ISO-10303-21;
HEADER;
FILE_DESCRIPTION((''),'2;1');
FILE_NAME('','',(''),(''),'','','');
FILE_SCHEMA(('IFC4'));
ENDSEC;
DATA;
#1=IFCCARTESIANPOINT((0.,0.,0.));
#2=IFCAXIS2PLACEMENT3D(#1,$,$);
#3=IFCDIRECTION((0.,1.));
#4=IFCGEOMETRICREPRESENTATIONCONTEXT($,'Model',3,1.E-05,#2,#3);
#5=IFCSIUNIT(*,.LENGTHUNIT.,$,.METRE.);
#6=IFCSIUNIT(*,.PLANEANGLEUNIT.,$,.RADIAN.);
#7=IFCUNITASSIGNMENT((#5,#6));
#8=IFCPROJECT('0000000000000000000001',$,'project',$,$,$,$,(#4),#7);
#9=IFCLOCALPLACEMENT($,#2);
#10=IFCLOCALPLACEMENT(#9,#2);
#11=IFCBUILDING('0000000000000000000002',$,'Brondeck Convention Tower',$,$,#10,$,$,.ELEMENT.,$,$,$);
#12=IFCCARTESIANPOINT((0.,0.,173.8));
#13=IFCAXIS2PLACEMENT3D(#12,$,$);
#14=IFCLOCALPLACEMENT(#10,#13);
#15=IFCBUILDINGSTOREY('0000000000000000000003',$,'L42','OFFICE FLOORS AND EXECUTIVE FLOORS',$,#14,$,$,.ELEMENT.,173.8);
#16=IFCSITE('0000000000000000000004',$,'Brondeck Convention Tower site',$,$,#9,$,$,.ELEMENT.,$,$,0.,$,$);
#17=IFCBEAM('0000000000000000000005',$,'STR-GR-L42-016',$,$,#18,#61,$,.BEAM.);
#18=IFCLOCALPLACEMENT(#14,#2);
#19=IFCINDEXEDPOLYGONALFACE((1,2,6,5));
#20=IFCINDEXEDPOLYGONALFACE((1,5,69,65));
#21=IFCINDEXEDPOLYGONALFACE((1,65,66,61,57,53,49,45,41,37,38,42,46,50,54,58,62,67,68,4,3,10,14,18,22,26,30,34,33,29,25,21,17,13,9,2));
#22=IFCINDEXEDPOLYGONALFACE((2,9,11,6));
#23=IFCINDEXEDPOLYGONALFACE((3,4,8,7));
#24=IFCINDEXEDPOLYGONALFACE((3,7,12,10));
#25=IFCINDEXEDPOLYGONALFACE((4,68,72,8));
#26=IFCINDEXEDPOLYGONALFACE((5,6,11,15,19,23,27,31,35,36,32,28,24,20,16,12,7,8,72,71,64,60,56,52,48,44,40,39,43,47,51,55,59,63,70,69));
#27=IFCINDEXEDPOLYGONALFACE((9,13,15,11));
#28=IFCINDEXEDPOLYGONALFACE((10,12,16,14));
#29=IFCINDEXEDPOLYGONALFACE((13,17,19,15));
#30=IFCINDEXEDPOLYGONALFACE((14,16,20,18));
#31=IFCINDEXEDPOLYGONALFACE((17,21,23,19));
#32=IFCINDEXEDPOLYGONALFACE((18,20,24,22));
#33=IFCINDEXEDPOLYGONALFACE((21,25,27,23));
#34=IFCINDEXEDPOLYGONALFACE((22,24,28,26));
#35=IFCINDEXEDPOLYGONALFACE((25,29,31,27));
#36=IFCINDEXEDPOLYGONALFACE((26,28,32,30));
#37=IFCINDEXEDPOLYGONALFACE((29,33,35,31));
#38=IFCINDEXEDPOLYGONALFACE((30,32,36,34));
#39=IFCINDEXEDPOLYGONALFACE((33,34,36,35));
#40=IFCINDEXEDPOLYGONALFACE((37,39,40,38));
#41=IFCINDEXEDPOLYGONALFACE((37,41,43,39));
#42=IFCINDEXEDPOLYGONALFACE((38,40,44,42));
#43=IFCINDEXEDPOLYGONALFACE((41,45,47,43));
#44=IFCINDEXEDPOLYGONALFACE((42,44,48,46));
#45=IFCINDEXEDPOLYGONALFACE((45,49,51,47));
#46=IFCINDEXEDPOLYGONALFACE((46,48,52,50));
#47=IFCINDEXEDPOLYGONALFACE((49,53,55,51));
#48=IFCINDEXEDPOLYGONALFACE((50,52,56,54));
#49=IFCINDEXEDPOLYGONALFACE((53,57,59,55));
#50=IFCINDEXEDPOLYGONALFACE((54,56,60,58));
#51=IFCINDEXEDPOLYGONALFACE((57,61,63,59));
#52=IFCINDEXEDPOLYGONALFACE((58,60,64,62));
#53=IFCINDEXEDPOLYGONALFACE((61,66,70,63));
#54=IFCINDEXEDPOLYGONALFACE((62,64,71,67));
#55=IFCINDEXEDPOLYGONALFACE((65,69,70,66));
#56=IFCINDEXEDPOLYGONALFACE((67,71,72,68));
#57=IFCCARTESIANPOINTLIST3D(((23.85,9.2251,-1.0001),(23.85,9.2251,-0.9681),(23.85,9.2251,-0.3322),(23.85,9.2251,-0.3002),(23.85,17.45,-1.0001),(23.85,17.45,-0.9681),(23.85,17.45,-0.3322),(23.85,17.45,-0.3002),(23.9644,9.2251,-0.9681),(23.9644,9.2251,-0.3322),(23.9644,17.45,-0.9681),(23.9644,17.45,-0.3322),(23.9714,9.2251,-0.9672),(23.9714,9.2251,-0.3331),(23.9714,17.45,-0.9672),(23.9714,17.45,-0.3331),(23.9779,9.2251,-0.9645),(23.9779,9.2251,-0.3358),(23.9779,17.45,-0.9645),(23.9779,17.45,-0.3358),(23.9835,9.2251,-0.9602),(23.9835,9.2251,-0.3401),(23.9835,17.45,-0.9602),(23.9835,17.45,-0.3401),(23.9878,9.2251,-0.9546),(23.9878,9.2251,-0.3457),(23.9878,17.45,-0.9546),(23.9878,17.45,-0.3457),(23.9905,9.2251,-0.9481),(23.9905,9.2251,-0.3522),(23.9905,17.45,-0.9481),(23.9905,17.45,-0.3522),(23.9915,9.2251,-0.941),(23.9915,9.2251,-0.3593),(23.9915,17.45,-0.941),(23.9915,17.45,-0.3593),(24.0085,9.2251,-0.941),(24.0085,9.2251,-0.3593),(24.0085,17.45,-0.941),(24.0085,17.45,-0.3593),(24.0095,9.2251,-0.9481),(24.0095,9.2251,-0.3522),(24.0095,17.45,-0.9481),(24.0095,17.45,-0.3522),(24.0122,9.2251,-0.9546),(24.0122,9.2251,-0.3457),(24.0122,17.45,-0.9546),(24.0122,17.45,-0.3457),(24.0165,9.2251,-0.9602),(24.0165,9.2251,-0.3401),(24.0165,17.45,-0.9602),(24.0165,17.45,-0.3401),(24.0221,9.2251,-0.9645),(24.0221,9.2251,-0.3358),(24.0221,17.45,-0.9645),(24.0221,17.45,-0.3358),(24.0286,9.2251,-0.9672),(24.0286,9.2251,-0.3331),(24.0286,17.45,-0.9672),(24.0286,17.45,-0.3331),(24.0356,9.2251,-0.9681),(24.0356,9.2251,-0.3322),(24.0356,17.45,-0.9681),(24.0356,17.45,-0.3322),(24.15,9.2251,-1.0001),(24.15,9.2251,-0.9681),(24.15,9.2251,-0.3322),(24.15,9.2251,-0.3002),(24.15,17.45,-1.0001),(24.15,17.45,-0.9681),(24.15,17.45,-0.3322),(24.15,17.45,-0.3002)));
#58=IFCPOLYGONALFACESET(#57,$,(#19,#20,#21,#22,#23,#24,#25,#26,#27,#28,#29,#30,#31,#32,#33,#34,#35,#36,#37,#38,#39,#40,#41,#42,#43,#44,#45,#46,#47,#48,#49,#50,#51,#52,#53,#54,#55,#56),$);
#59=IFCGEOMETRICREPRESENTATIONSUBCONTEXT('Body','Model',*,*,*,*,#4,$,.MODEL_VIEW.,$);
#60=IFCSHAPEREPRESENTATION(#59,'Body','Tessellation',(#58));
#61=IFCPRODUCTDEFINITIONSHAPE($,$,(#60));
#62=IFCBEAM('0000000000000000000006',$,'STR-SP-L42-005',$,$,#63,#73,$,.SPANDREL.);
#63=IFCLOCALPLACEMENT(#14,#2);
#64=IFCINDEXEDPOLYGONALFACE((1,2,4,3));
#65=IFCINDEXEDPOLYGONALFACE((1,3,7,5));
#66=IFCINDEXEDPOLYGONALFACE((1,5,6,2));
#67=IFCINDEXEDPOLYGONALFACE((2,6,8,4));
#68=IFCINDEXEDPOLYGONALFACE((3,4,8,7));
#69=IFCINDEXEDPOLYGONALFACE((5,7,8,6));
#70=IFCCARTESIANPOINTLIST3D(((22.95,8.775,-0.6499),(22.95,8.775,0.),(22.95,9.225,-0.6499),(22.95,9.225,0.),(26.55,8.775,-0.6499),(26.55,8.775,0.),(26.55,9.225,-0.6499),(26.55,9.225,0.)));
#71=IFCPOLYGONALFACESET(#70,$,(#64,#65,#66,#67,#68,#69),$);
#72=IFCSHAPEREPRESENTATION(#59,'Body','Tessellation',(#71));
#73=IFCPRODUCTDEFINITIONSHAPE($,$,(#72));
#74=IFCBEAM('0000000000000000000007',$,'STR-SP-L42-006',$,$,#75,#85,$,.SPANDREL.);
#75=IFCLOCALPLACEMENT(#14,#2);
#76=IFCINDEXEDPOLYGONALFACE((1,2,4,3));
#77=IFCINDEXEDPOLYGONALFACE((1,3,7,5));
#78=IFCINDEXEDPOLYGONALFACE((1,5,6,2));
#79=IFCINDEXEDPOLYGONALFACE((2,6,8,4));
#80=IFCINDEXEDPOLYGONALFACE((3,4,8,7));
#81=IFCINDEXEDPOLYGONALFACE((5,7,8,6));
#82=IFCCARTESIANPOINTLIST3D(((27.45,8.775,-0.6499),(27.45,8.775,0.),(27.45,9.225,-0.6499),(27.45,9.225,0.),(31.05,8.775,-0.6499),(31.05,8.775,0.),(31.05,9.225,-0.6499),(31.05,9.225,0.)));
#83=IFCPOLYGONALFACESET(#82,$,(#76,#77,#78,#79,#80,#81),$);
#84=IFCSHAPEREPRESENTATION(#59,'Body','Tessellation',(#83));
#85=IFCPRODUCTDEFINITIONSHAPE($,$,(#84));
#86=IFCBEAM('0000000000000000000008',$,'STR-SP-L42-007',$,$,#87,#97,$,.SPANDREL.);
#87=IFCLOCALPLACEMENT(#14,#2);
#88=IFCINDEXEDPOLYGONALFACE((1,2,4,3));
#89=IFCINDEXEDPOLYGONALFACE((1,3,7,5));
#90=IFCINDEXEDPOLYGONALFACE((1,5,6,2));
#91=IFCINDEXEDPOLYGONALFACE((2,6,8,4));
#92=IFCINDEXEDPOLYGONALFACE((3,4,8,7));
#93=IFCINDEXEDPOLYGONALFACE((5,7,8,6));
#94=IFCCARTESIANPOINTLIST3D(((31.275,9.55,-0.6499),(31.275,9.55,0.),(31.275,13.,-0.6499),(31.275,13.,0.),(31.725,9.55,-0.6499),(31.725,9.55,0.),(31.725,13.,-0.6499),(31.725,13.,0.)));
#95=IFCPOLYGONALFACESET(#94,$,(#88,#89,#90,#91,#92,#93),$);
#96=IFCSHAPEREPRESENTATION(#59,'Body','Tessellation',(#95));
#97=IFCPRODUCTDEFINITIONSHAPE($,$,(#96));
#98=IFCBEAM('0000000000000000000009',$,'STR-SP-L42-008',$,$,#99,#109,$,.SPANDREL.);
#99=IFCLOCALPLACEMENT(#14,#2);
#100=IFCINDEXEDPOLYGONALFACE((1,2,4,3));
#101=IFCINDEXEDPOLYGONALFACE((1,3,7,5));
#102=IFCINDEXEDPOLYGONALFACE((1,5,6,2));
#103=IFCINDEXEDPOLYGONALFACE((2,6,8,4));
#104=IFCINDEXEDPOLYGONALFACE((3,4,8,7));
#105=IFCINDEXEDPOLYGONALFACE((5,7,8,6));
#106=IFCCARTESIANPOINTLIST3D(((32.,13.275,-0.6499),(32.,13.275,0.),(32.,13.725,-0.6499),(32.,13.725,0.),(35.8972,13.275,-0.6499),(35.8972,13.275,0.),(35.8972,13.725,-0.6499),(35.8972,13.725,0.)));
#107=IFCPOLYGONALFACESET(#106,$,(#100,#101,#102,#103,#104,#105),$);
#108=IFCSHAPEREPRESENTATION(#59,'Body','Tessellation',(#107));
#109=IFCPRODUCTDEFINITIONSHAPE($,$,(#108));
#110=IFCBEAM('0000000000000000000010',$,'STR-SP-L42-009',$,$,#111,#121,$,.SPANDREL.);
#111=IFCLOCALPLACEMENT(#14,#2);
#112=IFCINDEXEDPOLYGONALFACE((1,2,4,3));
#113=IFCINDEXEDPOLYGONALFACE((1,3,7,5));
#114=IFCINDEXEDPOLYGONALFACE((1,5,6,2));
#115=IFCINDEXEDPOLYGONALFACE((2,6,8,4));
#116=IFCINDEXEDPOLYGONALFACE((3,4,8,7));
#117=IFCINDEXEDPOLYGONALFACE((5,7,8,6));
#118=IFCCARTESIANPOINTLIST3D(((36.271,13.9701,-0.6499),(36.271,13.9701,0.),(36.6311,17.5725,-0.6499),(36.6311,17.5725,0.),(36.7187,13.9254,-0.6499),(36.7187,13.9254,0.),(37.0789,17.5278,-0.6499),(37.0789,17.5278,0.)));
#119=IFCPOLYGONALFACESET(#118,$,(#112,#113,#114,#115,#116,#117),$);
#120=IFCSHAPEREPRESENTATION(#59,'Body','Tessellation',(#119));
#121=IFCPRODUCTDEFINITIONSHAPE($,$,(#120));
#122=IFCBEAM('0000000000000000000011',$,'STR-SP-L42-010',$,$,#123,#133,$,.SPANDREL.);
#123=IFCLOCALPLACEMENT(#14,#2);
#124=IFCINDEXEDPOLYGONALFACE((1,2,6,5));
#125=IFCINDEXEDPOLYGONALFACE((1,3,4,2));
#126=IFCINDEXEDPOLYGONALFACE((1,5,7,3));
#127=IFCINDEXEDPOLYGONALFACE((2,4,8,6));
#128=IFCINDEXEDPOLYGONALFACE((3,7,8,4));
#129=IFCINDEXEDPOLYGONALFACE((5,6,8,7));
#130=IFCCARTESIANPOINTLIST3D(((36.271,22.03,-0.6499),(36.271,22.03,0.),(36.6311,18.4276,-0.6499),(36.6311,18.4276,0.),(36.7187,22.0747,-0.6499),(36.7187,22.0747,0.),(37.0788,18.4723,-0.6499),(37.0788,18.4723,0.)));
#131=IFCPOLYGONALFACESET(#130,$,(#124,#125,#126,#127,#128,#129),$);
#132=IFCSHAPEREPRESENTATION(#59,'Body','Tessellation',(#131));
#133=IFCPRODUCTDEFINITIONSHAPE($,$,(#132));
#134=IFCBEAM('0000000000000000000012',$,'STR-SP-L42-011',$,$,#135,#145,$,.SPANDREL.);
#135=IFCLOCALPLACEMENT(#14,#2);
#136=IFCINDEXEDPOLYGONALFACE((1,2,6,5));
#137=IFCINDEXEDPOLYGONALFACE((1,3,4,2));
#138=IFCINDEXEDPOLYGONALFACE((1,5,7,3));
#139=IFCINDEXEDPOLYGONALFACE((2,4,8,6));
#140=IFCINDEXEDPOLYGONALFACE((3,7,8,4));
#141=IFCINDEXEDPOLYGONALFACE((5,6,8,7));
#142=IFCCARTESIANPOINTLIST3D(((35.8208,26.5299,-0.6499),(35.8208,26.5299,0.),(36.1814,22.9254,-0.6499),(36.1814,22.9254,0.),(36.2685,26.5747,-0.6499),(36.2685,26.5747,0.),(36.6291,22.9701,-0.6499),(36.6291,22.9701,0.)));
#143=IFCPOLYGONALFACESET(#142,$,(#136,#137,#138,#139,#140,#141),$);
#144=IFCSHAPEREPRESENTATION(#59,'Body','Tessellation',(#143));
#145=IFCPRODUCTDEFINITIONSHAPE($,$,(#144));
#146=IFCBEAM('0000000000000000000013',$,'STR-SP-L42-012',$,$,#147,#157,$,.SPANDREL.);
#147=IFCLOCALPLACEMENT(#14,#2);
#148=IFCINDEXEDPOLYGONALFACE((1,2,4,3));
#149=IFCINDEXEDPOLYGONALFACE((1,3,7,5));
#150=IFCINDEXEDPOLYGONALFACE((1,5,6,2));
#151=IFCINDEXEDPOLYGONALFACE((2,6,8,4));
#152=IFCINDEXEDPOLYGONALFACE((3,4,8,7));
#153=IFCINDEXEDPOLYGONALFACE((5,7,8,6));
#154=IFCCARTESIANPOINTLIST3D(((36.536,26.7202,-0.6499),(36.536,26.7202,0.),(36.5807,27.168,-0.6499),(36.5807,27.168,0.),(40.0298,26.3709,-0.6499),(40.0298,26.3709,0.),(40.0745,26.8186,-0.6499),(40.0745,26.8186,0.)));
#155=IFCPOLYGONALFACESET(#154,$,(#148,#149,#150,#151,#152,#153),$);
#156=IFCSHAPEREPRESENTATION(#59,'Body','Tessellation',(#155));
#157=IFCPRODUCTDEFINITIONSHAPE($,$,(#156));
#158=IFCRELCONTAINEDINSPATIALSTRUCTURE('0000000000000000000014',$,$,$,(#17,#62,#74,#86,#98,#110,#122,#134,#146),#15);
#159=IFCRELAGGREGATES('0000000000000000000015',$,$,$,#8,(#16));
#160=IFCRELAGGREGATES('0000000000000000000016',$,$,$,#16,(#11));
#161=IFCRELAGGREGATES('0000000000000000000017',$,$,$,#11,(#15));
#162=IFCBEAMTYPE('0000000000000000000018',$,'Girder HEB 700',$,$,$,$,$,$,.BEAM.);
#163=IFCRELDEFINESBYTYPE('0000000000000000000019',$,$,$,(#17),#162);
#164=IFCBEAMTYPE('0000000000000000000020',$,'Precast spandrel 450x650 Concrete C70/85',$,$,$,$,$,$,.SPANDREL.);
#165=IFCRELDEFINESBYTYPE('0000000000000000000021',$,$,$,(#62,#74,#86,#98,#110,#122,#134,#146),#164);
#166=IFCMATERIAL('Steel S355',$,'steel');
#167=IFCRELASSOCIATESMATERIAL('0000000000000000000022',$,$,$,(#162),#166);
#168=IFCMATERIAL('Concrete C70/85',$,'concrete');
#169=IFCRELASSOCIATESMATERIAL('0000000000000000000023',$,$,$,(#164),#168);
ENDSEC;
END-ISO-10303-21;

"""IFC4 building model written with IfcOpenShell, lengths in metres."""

from ifc_helpers import new_model, si_unit, direction, frame, origin, origin_2d, place, context, subcontext, project, spatial, rectangle, i_section, extrude, material, material_profile, profile_set, type_object, element, save


model = new_model("IFC4")

# Units and contexts
model_context = context("Model", 3, precision=1e-05, world=origin(), true_north=direction((0.0, 1.0)))
body_context = subcontext(model_context, "Body", "Model", "MODEL_VIEW")
ifc_project = project(units=[si_unit("LENGTHUNIT", "METRE"), si_unit("PLANEANGLEUNIT", "RADIAN")], contexts=[model_context])

# Site, building, storey
site_placement = place(None, origin())
site = spatial("IfcSite", under=ifc_project, at=site_placement, Name="Brondeck Convention Tower site", CompositionType="ELEMENT", RefElevation=0.0)
building_placement = place(site_placement, origin())
building = spatial("IfcBuilding", under=site, at=building_placement, Name="Brondeck Convention Tower", CompositionType="ELEMENT")
storey_placement = place(building_placement, frame((0.0, 0.0, 173.8)))
storey = spatial("IfcBuildingStorey", under=building, at=storey_placement, Name="L42", Description="OFFICE FLOORS AND EXECUTIVE FLOORS", CompositionType="ELEMENT", Elevation=173.8)

# Shared definitions
ifc_material_1 = material(Name="Concrete C70/85", Category="concrete")

# Beams
ifc_material_2 = material(Name="Steel S355", Category="steel")
ifc_material_profile_1 = material_profile(ifc_material_2, i_section(OverallWidth=0.3, OverallDepth=0.7, WebThickness=0.0171, FlangeThickness=0.032, FilletRadius=0.0271, at=origin_2d()), Name="HEB 700")
ifc_profile_set_1 = profile_set([ifc_material_profile_1], Name="Steel S355")
beam_type_1 = type_object("IfcBeamType", Name="Girder HEB 700", PredefinedType="BEAM", material=ifc_profile_set_1)
beam_1_placement = place(storey_placement, frame((24.0, 17.45, -0.6501), z_axis=(0.0, -1.0, 0.0), x_axis=(1.0, 0.0, 0.0)))
element("IfcBeam", 1, at=beam_1_placement, inside=storey, type_object=beam_type_1, Name="STR-GR-L42-016", PredefinedType="BEAM", context=body_context, shape_type="SweptSolid", body=[
    extrude(i_section(OverallWidth=0.3, OverallDepth=0.7, WebThickness=0.0171, FlangeThickness=0.032, FilletRadius=0.0271, at=origin_2d()), origin(), (0.0, 0.0, 1.0), 8.2249),
])
ifc_material_profile_2 = material_profile(ifc_material_1, rectangle(XDim=0.45, YDim=0.6499, at=origin_2d()), Name="Precast spandrel 450x650 Concrete C70/85")
ifc_profile_set_2 = profile_set([ifc_material_profile_2], Name="Concrete C70/85")
beam_type_2 = type_object("IfcBeamType", Name="Precast spandrel 450x650 Concrete C70/85", PredefinedType="SPANDREL", material=ifc_profile_set_2)
for number, where, z_axis, x_axis, name in (
    (2, (22.95, 9.0, -0.325), (1.0, 0.0, 0.0), (0.0, 1.0, 0.0), "STR-SP-L42-005"),
    (3, (27.45, 9.0, -0.325), (1.0, 0.0, 0.0), (0.0, 1.0, 0.0), "STR-SP-L42-006"),
):
    element("IfcBeam", number, at=place(storey_placement, frame(where, z_axis=z_axis, x_axis=x_axis)), inside=storey, type_object=beam_type_2, Name=name, PredefinedType="SPANDREL", context=body_context, shape_type="SweptSolid", body=[
        extrude(rectangle(XDim=0.45, YDim=0.6499, at=origin_2d()), origin(), (0.0, 0.0, 1.0), 3.6001),
    ])
beam_2_placement = place(storey_placement, frame((31.5, 9.55, -0.325), z_axis=(0.0, 1.0, 0.0), x_axis=(-1.0, 0.0, 0.0)))
element("IfcBeam", 4, at=beam_2_placement, inside=storey, type_object=beam_type_2, Name="STR-SP-L42-007", PredefinedType="SPANDREL", context=body_context, shape_type="SweptSolid", body=[
    extrude(rectangle(XDim=0.45, YDim=0.6499, at=origin_2d()), origin(), (0.0, 0.0, 1.0), 3.45),
])
beam_3_placement = place(storey_placement, frame((32.0, 13.5, -0.325), z_axis=(1.0, 0.0, 0.0), x_axis=(0.0, 1.0, 0.0)))
element("IfcBeam", 5, at=beam_3_placement, inside=storey, type_object=beam_type_2, Name="STR-SP-L42-008", PredefinedType="SPANDREL", context=body_context, shape_type="SweptSolid", body=[
    extrude(rectangle(XDim=0.45, YDim=0.6499, at=origin_2d()), origin(), (0.0, 0.0, 1.0), 3.8972),
])
for number, where, z_axis, x_axis, name in (
    (6, (36.4949, 13.9478, -0.325), (0.09947, 0.995041, 0.0), (-0.995041, 0.09947, 0.0), "STR-SP-L42-009"),
    (7, (36.855, 18.45, -0.325), (-0.09947, 0.995041, 0.0), (-0.995041, -0.09947, 0.0), "STR-SP-L42-010"),
):
    element("IfcBeam", number, at=place(storey_placement, frame(where, z_axis=z_axis, x_axis=x_axis)), inside=storey, type_object=beam_type_2, Name=name, PredefinedType="SPANDREL", context=body_context, shape_type="SweptSolid", body=[
        extrude(rectangle(XDim=0.45, YDim=0.6499, at=origin_2d()), origin(), (0.0, 0.0, 1.0), 3.6204),
    ])
beam_4_placement = place(storey_placement, frame((36.4053, 22.9478, -0.325), z_axis=(-0.099544, 0.995033, 0.0), x_axis=(-0.995033, -0.099544, 0.0)))
element("IfcBeam", 8, at=beam_4_placement, inside=storey, type_object=beam_type_2, Name="STR-SP-L42-011", PredefinedType="SPANDREL", context=body_context, shape_type="SweptSolid", body=[
    extrude(rectangle(XDim=0.45, YDim=0.6499, at=origin_2d()), origin(), (0.0, 0.0, 1.0), 3.6226),
])
beam_5_placement = place(storey_placement, frame((36.5583, 26.9441, -0.325), z_axis=(0.995038, -0.099497, 0.0), x_axis=(0.099497, 0.995038, 0.0)))
element("IfcBeam", 9, at=beam_5_placement, inside=storey, type_object=beam_type_2, Name="STR-SP-L42-012", PredefinedType="SPANDREL", context=body_context, shape_type="SweptSolid", body=[
    extrude(rectangle(XDim=0.45, YDim=0.6499, at=origin_2d()), origin(), (0.0, 0.0, 1.0), 3.5112),
])

save(model, "model.ifc")
